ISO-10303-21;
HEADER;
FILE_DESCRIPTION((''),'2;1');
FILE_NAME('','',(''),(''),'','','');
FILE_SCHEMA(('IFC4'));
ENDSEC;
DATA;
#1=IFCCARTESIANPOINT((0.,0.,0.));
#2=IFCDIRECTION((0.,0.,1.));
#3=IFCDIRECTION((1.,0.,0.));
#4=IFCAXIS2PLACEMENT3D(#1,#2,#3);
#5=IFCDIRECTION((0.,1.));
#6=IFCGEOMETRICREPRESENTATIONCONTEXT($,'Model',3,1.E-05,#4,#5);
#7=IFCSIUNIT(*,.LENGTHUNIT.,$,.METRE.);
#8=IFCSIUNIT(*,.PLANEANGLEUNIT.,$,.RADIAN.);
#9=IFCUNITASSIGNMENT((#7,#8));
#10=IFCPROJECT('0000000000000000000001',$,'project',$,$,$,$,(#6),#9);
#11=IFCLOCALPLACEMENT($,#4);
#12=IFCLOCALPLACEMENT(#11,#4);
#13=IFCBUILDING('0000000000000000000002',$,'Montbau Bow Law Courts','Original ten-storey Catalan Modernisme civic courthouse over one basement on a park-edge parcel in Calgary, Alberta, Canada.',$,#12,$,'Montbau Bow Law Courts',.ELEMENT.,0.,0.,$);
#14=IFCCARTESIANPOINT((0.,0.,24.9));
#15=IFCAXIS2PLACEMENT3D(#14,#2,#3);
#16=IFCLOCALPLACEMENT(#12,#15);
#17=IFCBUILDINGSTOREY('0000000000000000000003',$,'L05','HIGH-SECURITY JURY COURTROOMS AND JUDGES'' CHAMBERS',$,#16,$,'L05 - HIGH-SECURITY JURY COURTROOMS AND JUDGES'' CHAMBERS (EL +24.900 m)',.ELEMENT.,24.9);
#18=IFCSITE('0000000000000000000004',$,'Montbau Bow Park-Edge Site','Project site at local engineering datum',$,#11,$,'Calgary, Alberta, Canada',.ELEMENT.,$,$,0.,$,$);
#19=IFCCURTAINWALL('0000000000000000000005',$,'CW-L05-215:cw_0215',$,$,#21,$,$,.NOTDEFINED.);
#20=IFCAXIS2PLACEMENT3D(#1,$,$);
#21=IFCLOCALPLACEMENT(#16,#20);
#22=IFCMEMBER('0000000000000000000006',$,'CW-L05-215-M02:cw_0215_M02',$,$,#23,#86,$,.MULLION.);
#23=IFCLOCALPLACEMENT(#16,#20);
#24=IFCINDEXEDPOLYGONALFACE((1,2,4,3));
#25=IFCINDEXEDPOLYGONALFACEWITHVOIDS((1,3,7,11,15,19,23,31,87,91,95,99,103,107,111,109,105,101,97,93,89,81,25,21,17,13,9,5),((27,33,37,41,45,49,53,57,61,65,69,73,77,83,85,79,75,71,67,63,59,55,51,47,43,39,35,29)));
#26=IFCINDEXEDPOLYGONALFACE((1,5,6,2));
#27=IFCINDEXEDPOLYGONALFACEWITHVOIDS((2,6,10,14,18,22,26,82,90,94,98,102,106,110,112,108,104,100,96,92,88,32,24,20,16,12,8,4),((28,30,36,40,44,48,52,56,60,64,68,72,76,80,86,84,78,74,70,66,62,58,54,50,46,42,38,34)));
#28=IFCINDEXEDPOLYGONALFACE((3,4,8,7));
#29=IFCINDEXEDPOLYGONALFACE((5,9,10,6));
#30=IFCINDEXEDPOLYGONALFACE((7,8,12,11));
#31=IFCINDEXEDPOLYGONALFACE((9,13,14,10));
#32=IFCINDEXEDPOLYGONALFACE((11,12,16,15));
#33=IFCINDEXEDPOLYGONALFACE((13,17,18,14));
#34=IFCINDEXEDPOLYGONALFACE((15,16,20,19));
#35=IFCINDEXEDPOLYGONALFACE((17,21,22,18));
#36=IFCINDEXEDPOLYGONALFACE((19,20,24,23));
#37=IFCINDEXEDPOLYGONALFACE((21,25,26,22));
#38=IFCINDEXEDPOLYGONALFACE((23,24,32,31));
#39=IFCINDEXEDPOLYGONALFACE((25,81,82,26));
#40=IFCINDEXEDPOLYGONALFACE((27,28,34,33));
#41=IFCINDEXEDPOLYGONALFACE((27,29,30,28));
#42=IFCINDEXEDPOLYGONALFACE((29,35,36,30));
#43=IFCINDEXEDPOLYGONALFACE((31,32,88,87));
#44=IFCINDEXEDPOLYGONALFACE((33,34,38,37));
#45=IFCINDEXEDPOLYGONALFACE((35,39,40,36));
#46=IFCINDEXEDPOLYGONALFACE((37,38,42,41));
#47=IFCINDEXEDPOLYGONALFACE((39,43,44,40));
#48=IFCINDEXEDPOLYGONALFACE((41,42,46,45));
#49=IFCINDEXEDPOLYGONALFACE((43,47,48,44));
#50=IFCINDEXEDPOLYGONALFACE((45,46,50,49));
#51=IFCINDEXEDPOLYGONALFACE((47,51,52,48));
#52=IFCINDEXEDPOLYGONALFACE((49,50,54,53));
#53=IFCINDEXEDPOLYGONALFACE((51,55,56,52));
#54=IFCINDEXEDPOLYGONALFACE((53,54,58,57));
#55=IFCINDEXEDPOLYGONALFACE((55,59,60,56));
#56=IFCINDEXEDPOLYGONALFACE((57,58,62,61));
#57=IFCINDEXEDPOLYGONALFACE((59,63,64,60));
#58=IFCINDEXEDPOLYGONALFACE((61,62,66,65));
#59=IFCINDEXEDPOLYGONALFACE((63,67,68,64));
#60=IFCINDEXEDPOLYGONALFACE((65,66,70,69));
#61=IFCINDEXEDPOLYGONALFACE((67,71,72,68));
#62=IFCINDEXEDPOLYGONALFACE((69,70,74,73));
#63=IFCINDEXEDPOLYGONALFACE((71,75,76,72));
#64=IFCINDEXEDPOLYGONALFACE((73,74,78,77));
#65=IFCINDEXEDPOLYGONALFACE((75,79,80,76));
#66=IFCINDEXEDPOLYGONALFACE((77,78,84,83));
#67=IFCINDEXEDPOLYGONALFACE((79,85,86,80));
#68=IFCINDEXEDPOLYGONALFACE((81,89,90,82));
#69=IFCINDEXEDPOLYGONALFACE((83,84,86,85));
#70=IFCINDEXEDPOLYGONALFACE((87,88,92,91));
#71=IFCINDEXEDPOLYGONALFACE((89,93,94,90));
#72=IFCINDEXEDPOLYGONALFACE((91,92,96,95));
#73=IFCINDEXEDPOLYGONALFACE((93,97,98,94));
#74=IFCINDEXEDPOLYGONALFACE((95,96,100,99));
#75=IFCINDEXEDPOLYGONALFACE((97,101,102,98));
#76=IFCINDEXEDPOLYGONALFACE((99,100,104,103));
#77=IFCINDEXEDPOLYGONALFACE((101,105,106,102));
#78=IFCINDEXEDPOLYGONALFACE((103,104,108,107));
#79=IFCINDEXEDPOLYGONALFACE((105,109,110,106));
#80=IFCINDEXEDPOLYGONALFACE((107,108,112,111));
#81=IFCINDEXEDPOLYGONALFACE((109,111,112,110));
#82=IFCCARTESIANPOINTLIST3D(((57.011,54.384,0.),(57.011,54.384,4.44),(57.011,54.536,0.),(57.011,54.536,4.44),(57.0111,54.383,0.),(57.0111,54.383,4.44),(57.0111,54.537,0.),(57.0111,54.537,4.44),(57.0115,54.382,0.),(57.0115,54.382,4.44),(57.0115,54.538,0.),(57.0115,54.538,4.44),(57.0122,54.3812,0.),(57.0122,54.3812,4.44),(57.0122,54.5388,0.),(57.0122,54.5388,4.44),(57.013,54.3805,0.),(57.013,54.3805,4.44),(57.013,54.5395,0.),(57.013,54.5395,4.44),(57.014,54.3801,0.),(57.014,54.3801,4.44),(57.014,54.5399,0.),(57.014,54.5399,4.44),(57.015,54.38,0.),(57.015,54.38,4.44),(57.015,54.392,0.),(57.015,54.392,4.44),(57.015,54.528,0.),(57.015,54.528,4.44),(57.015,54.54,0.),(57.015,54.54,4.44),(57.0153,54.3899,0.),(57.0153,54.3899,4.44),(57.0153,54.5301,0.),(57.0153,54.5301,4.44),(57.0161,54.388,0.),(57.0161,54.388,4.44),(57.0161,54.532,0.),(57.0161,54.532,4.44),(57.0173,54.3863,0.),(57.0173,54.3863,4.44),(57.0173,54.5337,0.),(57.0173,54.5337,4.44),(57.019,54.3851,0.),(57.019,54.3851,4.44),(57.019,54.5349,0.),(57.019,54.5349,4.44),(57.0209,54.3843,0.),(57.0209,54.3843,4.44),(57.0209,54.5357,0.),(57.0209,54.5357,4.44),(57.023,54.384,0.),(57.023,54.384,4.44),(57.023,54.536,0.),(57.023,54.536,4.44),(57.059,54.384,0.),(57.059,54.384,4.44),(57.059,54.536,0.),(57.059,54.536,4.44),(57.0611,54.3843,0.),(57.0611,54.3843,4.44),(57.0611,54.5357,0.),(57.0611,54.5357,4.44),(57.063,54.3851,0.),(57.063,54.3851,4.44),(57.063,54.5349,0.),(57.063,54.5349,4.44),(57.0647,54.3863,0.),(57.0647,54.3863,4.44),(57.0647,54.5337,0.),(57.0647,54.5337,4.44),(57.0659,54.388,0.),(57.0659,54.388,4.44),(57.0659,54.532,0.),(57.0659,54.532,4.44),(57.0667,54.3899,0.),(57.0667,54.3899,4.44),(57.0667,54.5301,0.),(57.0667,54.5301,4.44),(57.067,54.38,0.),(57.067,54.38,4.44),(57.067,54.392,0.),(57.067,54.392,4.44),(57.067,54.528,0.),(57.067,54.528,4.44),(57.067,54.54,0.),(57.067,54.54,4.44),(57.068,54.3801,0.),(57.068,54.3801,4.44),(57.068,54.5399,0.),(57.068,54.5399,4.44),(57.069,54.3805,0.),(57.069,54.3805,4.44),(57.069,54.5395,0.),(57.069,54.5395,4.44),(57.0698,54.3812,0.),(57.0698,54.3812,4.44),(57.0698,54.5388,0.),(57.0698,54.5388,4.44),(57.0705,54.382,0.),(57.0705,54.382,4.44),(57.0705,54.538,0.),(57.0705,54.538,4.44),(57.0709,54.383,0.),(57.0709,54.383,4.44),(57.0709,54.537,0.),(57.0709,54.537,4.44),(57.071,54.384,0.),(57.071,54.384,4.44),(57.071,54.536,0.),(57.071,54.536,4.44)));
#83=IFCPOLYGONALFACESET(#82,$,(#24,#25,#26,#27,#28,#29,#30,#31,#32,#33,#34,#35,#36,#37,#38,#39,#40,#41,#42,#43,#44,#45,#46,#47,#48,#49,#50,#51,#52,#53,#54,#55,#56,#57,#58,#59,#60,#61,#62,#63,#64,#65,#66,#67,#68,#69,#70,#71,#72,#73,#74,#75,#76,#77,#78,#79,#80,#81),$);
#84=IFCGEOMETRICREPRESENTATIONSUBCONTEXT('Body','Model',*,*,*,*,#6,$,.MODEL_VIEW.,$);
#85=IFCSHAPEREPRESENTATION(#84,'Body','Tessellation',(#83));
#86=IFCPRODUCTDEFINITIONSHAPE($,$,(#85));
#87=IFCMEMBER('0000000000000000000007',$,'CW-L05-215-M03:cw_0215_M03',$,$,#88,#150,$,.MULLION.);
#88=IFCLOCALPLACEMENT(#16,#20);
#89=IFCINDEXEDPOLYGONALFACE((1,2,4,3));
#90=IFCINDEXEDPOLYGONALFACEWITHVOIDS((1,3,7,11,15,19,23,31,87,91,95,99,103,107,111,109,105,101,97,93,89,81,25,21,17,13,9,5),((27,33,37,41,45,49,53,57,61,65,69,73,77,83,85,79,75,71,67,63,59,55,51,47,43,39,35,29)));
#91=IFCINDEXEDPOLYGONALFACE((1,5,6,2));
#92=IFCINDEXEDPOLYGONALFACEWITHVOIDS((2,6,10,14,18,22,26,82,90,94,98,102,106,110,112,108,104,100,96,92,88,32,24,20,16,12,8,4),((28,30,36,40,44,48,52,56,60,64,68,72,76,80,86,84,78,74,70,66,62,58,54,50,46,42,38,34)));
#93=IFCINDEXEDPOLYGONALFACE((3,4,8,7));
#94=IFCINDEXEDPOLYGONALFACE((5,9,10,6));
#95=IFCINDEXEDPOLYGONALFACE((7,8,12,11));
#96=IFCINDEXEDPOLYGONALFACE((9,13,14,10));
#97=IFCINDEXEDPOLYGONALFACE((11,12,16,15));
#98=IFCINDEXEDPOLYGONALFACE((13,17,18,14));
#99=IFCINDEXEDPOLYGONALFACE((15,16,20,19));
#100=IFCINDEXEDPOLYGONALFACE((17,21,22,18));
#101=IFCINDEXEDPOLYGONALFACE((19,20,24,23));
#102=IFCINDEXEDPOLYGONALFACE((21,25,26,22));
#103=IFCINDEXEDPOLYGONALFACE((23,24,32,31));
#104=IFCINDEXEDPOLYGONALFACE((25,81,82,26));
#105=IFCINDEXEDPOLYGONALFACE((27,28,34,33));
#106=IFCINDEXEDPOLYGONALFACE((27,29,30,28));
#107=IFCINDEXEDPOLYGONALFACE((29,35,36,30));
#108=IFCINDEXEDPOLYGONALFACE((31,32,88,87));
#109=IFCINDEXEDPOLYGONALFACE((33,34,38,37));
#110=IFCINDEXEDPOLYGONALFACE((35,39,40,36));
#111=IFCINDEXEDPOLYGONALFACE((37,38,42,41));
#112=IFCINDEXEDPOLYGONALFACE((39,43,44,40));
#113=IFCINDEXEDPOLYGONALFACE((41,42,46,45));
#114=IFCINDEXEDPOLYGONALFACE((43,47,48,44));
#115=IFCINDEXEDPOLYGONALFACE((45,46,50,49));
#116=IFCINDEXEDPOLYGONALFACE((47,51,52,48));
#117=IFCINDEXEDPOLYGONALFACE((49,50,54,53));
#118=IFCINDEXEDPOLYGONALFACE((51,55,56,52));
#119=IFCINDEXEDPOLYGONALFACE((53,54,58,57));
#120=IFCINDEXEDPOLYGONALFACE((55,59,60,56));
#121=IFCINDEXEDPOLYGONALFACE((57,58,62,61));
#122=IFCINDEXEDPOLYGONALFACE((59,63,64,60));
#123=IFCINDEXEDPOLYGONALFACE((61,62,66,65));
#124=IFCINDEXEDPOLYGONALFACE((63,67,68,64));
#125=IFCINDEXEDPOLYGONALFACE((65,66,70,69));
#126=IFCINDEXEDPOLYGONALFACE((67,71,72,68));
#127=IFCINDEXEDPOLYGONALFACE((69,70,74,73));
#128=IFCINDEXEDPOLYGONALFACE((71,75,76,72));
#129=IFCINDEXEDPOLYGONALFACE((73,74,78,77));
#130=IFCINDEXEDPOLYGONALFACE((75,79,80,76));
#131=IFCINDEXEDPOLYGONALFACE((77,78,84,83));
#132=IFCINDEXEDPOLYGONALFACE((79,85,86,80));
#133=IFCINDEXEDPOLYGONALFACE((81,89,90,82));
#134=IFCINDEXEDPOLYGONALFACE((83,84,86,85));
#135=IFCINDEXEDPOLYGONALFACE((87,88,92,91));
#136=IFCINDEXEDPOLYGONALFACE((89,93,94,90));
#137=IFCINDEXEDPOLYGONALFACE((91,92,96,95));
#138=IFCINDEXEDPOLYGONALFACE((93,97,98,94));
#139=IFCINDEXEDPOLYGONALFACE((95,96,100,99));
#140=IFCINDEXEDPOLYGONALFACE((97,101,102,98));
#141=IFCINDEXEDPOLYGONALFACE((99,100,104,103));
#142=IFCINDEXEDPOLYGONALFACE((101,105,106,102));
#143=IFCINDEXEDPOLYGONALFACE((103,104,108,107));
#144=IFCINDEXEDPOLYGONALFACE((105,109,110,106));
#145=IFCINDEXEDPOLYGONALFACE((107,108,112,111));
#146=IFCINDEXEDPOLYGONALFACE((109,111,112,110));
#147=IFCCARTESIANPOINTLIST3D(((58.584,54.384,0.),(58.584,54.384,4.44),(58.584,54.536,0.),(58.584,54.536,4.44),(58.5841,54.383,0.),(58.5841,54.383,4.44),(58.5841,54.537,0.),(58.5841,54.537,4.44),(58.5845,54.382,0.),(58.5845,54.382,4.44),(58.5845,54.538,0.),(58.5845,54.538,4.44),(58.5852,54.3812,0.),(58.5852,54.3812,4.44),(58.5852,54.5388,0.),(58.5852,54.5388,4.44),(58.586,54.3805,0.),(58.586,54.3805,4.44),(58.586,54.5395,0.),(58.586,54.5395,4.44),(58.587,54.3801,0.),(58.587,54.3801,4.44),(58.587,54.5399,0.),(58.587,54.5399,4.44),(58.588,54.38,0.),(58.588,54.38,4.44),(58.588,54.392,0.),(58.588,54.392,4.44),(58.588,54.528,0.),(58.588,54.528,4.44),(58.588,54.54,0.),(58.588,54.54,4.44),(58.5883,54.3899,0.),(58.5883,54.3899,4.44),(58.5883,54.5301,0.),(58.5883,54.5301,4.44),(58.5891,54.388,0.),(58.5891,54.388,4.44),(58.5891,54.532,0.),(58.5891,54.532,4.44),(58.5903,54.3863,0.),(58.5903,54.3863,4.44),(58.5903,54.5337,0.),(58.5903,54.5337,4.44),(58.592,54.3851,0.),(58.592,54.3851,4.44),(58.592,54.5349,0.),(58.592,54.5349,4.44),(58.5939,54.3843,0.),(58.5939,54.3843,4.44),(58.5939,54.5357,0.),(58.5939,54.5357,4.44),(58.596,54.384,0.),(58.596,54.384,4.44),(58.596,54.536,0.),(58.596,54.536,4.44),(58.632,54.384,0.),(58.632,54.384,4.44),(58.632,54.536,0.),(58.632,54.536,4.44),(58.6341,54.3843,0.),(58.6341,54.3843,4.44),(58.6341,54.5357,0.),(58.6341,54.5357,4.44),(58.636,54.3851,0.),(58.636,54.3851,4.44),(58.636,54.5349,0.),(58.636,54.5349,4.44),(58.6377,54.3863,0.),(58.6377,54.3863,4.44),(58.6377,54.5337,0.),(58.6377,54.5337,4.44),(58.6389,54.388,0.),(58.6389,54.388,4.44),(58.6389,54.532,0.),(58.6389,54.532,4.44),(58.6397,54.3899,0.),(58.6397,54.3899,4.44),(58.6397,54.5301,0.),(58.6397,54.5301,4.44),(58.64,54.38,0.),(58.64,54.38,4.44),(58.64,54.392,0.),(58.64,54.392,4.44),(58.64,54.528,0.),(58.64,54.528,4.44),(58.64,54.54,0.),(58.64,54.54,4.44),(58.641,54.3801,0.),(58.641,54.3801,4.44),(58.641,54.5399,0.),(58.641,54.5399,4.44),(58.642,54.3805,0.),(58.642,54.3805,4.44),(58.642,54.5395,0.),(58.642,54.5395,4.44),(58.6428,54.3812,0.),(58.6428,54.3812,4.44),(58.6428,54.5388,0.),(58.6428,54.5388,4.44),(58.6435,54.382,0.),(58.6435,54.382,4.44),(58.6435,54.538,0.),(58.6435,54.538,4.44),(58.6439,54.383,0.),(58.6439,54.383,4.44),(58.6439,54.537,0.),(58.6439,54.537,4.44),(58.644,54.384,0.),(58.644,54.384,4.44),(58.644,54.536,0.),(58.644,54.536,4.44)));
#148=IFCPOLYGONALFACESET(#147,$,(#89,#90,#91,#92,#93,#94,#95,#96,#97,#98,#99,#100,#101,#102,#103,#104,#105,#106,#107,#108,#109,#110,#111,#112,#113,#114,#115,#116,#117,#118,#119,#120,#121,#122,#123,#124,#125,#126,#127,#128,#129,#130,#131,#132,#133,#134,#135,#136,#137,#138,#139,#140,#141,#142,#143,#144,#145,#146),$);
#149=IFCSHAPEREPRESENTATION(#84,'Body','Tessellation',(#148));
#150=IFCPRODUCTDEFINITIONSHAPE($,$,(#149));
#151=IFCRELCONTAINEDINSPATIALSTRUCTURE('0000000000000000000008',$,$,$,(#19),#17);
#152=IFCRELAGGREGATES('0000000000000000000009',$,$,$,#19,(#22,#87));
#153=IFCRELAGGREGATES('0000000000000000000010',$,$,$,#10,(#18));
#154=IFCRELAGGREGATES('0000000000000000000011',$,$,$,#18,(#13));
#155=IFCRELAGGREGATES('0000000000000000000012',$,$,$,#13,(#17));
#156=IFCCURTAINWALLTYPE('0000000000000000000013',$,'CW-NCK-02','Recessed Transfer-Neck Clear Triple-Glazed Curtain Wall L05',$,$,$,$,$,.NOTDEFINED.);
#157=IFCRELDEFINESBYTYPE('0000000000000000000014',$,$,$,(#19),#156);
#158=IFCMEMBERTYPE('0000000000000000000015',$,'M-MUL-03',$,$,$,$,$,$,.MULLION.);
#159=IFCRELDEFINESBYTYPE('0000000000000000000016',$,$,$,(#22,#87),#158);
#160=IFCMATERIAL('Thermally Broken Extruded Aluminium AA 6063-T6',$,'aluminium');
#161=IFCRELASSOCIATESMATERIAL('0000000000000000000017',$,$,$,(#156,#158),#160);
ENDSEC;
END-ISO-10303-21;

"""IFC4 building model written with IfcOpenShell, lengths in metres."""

from ifc_helpers import new_model, si_unit, direction, frame, origin_with_axes, origin_2d_with_axis, place, context, subcontext, project, spatial, hollow_rectangle, extrude, material, material_profile, profile_set, type_object, element, aggregate, save


model = new_model("IFC4")

# Units and contexts
model_context = context("Model", 3, precision=1e-05, world=origin_with_axes(), true_north=direction((0.0, 1.0)))
body_context = subcontext(model_context, "Body", "Model", "MODEL_VIEW")
ifc_project = project(units=[si_unit("LENGTHUNIT", "METRE"), si_unit("PLANEANGLEUNIT", "RADIAN")], contexts=[model_context])

# Site, building, storey
site_placement = place(None, origin_with_axes())
site = spatial("IfcSite", under=ifc_project, at=site_placement, Name="Montbau Bow Park-Edge Site", Description="Project site at local engineering datum", LongName="Calgary, Alberta, Canada", CompositionType="ELEMENT", RefElevation=0.0)
building_placement = place(site_placement, origin_with_axes())
building = spatial("IfcBuilding", under=site, at=building_placement, Name="Montbau Bow Law Courts", Description="Original ten-storey Catalan Modernisme civic courthouse over one basement on a park-edge parcel in Calgary, Alberta, Canada.", LongName="Montbau Bow Law Courts", CompositionType="ELEMENT", ElevationOfRefHeight=0.0, ElevationOfTerrain=0.0)
storey_placement = place(building_placement, frame((0.0, 0.0, 24.9), z_axis=(0.0, 0.0, 1.0), x_axis=(1.0, 0.0, 0.0)))
storey = spatial("IfcBuildingStorey", under=building, at=storey_placement, Name="L05", Description="HIGH-SECURITY JURY COURTROOMS AND JUDGES' CHAMBERS", LongName="L05 - HIGH-SECURITY JURY COURTROOMS AND JUDGES' CHAMBERS (EL +24.900 m)", CompositionType="ELEMENT", Elevation=24.9)

# Curtain wall, members
ifc_material_1 = material(Name="Thermally Broken Extruded Aluminium AA 6063-T6", Category="aluminium")
curtain_wall_type = type_object("IfcCurtainWallType", Name="CW-NCK-02", Description="Recessed Transfer-Neck Clear Triple-Glazed Curtain Wall L05", PredefinedType="NOTDEFINED", material=ifc_material_1)
curtain_wall_placement = place(None, frame((55.468, 54.46, 24.9), z_axis=(0.0, 0.0, 1.0), x_axis=(1.0, 0.0, 0.0)))
curtain_wall = element("IfcCurtainWall", 1, at=curtain_wall_placement, inside=storey, type_object=curtain_wall_type, Name="CW-L05-215:cw_0215", PredefinedType="NOTDEFINED")
ifc_material_profile_1 = material_profile(ifc_material_1, hollow_rectangle(XDim=0.06, YDim=0.16, WallThickness=0.004, InnerFilletRadius=0.008, OuterFilletRadius=0.004, at=origin_2d_with_axis()), Name="CWM-160X60", Category="Main", Priority=0)
ifc_profile_set_1 = profile_set([ifc_material_profile_1], Name="Thermally Broken Extruded Aluminium AA 6063-T6")
member_type_1 = type_object("IfcMemberType", Name="M-MUL-03", PredefinedType="MULLION", material=ifc_profile_set_1)
member_1_placement = place(None, frame((57.041, 54.46, 24.9), z_axis=(0.0, 0.0, 1.0), x_axis=(1.0, 0.0, 0.0)))
member_1 = element("IfcMember", 2, at=member_1_placement, type_object=member_type_1, Name="CW-L05-215-M02:cw_0215_M02", PredefinedType="MULLION", context=body_context, shape_type="SweptSolid", body=[
    extrude(hollow_rectangle(XDim=0.06, YDim=0.16, WallThickness=0.004, InnerFilletRadius=0.008, OuterFilletRadius=0.004, at=origin_2d_with_axis()), origin_with_axes(), (0.0, 0.0, 1.0), 4.44),
])
member_2_placement = place(None, frame((58.614, 54.46, 24.9), z_axis=(0.0, 0.0, 1.0), x_axis=(1.0, 0.0, 0.0)))
member_2 = element("IfcMember", 3, at=member_2_placement, type_object=member_type_1, Name="CW-L05-215-M03:cw_0215_M03", PredefinedType="MULLION", context=body_context, shape_type="SweptSolid", body=[
    extrude(hollow_rectangle(XDim=0.06, YDim=0.16, WallThickness=0.004, InnerFilletRadius=0.008, OuterFilletRadius=0.004, at=origin_2d_with_axis()), origin_with_axes(), (0.0, 0.0, 1.0), 4.44),
])
aggregate(curtain_wall, [member_1, member_2])

save(model, "model.ifc")
